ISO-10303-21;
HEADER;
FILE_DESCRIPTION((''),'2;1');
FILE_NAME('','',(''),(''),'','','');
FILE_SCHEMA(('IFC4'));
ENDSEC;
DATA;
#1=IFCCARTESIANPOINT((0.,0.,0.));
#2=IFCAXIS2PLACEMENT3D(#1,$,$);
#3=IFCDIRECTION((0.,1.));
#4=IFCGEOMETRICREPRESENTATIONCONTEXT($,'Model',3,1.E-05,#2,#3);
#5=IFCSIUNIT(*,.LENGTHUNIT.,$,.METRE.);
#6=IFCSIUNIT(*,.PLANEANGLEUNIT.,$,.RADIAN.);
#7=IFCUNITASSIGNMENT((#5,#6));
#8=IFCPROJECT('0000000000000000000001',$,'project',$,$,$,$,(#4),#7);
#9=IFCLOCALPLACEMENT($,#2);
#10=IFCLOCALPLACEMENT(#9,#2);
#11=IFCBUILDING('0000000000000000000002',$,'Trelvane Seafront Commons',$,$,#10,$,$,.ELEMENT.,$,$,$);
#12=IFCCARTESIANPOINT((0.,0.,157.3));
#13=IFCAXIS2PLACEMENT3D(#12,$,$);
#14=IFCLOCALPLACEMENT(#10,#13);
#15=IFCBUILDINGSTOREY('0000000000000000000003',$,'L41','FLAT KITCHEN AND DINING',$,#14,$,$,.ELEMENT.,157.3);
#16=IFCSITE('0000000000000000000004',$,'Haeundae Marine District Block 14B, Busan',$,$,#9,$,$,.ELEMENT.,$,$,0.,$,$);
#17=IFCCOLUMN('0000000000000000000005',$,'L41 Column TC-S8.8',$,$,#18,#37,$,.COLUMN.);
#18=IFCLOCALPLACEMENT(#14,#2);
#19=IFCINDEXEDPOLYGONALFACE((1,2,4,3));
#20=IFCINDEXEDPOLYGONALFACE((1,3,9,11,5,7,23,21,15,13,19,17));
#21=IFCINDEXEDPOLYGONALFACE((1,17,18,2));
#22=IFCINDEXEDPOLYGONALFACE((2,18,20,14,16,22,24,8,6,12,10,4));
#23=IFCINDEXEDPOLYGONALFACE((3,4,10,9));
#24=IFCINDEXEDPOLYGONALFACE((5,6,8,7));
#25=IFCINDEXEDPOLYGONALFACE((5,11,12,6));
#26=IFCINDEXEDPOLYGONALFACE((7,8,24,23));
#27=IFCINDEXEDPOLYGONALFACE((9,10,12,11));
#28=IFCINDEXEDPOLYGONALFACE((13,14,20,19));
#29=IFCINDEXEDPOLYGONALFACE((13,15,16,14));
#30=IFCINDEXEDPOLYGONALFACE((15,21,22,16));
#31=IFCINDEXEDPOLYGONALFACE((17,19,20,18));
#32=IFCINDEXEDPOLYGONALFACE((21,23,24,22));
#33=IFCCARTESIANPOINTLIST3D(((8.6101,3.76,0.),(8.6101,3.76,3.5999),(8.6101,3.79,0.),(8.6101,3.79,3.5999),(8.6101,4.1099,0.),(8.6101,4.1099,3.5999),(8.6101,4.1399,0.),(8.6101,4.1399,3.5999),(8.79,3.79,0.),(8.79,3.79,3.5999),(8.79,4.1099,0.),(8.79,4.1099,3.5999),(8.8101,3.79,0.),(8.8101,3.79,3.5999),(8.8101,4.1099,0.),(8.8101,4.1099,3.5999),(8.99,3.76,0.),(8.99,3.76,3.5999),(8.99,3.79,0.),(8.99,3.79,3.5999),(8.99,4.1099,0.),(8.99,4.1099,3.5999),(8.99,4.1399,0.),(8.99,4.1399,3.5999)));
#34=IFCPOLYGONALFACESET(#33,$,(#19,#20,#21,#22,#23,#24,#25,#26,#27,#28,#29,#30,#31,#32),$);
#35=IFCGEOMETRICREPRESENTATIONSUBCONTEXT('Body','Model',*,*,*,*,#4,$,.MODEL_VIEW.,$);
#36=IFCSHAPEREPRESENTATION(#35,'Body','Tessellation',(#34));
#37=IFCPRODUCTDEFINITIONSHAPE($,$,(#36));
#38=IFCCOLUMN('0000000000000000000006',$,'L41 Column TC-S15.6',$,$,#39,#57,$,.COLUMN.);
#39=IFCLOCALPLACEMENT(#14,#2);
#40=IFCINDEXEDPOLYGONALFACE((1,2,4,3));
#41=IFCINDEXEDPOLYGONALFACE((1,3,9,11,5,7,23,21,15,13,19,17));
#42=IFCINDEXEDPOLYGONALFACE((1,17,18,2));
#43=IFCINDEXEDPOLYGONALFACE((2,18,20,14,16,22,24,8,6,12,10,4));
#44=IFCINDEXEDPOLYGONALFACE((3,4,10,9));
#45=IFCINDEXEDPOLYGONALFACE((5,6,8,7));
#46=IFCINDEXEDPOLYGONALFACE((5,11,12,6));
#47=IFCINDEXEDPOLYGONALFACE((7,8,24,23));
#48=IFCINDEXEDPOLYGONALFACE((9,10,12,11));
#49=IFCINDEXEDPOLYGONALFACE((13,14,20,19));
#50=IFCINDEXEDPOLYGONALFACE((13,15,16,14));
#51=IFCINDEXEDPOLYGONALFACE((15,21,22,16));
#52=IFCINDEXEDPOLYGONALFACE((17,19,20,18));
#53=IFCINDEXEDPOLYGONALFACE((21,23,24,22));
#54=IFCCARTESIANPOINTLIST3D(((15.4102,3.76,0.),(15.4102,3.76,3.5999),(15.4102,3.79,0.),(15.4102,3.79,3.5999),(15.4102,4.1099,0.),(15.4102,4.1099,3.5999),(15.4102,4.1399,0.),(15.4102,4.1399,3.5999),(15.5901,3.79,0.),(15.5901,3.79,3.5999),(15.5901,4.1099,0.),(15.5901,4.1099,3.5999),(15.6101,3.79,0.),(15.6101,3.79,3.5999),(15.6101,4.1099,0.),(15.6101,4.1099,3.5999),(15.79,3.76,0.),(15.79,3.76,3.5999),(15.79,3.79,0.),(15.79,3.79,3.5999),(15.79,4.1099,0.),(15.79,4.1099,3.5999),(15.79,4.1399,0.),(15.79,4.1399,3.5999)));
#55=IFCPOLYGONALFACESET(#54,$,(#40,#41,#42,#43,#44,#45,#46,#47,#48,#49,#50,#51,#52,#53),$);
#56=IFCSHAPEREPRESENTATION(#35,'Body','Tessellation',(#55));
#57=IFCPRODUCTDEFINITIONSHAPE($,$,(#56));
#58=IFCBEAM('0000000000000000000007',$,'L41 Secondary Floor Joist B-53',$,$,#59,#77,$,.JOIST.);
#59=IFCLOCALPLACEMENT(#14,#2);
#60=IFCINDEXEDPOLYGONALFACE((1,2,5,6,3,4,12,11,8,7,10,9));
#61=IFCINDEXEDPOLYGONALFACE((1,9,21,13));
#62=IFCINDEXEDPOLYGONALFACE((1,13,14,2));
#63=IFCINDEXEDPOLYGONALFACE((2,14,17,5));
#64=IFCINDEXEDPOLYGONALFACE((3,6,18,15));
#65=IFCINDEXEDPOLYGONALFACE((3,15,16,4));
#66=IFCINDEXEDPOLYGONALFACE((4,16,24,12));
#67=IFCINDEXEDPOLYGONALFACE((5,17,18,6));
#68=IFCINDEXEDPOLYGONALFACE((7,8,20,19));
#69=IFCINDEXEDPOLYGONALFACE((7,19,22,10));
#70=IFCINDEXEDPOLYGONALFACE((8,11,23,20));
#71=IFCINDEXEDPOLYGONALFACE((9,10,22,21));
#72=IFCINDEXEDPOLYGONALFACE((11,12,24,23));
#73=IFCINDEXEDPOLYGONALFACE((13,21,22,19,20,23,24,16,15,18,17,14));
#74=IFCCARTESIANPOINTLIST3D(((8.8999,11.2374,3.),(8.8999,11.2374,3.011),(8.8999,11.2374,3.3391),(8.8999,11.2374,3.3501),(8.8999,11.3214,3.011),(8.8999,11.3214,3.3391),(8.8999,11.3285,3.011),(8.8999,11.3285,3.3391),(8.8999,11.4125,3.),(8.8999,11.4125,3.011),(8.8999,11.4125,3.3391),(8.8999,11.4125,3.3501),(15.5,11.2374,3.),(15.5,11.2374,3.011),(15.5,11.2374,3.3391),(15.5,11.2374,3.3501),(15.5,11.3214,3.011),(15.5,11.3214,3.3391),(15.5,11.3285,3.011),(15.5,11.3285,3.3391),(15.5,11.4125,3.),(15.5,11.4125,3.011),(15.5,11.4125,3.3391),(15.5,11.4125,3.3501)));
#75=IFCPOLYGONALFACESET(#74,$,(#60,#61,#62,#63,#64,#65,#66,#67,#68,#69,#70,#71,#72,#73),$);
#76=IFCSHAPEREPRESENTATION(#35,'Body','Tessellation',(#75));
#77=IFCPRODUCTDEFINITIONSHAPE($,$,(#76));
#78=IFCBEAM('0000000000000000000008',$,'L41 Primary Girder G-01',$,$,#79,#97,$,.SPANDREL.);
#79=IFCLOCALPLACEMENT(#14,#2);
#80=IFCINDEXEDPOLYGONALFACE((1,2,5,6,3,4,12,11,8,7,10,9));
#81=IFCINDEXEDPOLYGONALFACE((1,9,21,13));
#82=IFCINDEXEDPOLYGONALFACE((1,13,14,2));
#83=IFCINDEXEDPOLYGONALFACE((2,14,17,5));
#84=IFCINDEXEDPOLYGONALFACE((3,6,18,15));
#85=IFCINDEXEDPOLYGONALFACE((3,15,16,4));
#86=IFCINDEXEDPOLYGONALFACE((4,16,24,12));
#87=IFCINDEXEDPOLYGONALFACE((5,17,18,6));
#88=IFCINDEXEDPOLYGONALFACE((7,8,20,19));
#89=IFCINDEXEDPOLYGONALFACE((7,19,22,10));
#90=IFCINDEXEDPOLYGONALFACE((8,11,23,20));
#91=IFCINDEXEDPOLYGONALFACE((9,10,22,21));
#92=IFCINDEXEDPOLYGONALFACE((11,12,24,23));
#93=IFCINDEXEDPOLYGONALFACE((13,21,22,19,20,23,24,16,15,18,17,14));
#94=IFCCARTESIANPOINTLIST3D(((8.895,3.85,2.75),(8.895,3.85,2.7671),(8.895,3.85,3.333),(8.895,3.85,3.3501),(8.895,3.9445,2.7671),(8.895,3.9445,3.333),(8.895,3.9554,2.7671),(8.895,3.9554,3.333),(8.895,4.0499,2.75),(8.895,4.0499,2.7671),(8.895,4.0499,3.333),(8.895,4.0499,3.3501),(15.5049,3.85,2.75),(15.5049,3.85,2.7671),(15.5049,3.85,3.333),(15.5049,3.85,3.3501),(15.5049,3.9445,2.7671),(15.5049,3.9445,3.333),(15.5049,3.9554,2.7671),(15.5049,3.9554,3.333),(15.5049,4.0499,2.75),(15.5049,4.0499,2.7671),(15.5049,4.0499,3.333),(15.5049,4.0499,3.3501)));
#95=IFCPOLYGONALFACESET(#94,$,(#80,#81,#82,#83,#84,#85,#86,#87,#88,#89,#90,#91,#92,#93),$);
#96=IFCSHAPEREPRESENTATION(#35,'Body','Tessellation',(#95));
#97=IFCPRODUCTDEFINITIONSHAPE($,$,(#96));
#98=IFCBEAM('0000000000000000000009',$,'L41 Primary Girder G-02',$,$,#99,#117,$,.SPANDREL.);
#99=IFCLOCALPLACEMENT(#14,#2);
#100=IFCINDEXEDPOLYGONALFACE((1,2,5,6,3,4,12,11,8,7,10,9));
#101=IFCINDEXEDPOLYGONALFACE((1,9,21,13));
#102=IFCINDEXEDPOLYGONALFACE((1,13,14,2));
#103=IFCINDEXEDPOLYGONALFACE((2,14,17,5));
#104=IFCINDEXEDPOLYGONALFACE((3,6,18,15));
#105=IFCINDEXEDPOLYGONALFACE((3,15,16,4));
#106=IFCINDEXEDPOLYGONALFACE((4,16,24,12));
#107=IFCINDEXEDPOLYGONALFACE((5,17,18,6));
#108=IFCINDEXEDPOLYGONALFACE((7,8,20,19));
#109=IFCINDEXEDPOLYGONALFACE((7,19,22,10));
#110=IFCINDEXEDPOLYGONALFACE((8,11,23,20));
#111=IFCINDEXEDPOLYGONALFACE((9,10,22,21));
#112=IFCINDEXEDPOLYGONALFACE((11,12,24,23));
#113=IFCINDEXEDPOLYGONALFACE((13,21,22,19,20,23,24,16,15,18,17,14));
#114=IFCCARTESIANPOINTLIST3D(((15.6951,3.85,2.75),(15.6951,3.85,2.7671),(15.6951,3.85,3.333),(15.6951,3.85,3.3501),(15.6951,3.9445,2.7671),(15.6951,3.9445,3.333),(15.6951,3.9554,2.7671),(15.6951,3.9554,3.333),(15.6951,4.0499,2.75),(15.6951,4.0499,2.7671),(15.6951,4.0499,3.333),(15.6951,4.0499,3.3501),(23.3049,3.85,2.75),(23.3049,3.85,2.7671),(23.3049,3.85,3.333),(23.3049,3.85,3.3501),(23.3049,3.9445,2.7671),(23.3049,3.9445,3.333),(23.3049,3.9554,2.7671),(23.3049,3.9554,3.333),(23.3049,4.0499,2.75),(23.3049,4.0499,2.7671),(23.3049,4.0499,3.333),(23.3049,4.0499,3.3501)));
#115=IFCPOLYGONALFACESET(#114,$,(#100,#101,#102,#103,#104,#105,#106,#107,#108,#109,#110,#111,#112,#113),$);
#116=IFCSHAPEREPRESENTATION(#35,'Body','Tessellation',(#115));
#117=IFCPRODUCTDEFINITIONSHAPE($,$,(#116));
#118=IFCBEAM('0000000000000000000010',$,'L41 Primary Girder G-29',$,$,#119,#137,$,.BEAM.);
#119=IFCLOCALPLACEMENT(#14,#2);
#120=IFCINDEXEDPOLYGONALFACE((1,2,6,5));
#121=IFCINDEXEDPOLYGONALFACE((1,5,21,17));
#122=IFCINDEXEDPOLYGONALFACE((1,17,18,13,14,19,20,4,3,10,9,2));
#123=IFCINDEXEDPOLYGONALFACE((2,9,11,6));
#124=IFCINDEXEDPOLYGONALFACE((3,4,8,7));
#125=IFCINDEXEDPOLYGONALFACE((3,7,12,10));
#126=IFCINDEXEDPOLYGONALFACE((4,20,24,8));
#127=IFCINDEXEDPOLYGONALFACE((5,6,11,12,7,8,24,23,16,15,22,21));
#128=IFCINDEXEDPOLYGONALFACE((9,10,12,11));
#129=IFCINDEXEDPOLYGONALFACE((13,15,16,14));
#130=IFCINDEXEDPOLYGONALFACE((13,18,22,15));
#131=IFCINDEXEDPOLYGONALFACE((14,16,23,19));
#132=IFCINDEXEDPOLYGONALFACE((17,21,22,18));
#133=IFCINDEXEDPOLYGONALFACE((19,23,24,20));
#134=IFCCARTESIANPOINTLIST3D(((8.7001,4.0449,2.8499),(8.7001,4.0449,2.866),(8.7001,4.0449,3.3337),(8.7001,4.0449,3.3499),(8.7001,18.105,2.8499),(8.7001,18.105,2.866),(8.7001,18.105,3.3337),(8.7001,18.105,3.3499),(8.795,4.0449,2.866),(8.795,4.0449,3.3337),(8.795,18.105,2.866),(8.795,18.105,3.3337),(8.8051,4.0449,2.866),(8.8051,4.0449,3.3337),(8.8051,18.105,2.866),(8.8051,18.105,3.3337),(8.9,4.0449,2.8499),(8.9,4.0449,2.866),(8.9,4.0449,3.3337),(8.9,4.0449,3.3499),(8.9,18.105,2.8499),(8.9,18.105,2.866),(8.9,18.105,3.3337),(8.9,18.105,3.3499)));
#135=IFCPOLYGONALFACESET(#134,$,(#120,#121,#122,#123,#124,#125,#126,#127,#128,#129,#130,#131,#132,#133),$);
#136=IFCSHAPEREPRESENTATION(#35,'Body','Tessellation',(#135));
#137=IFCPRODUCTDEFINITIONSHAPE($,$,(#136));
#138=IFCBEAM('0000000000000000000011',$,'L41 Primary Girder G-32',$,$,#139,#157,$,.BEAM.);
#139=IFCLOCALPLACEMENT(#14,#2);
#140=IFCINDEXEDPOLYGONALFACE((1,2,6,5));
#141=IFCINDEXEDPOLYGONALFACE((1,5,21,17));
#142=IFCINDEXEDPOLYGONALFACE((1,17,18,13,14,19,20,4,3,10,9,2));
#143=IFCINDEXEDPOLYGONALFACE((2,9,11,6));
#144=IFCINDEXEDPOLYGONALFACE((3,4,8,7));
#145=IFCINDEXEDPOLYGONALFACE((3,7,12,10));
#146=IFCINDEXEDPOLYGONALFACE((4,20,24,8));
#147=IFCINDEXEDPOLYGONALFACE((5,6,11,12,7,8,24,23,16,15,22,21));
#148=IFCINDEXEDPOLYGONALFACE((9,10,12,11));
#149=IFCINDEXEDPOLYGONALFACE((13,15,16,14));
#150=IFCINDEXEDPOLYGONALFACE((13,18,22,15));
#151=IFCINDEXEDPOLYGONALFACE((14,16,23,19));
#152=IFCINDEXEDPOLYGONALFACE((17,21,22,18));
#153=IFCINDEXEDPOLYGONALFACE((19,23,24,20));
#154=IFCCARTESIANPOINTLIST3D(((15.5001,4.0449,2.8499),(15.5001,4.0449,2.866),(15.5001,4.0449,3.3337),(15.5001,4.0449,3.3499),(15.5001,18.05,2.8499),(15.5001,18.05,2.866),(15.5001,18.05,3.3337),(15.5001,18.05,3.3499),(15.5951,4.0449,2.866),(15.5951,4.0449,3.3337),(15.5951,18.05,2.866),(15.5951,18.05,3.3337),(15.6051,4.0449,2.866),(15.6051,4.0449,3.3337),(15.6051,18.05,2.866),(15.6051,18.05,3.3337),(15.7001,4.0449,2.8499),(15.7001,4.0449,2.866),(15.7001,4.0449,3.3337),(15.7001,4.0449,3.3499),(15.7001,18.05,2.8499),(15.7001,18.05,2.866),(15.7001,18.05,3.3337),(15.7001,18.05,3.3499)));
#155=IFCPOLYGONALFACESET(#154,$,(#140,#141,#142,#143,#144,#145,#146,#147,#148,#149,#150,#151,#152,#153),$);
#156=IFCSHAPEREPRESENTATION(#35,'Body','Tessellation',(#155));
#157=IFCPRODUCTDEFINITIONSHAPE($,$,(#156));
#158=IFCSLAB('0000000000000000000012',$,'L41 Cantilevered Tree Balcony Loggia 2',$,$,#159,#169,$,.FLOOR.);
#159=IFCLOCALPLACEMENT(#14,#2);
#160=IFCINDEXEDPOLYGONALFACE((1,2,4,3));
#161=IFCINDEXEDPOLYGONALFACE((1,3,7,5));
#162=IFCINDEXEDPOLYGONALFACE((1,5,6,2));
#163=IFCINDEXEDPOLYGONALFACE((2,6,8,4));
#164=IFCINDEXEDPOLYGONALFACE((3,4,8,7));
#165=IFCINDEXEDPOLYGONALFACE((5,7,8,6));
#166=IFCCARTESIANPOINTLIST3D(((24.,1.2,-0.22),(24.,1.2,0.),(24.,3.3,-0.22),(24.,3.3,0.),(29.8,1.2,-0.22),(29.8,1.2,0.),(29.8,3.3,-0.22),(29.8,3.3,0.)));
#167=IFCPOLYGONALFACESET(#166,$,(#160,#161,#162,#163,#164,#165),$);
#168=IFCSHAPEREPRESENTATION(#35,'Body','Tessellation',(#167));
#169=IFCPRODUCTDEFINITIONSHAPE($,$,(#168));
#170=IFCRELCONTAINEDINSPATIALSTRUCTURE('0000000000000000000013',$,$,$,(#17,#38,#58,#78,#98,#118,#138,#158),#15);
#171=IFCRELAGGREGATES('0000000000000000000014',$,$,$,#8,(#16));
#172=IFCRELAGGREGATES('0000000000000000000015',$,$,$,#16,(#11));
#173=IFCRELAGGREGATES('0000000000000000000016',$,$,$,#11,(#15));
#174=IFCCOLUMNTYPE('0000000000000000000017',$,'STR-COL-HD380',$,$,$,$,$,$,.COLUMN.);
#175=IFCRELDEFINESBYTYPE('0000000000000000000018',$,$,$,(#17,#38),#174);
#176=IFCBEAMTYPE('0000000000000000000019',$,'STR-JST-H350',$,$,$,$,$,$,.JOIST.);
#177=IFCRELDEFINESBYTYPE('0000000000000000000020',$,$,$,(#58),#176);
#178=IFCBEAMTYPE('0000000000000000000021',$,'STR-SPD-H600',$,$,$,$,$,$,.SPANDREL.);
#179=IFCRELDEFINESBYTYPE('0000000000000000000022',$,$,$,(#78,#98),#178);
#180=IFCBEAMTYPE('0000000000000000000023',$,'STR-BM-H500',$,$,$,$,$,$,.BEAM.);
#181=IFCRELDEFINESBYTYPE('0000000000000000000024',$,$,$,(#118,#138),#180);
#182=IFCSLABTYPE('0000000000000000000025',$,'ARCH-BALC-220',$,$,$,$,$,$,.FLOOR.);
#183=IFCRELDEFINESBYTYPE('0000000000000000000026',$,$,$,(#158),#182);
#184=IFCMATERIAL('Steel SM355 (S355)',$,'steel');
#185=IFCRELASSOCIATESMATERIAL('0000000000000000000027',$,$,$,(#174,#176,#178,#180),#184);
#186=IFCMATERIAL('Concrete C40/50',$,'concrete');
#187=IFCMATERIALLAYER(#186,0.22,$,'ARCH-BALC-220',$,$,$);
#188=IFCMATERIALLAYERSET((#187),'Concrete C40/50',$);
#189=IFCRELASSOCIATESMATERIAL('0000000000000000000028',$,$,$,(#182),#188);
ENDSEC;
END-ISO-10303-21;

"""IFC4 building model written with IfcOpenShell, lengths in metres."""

from ifc_helpers import new_model, si_unit, direction, frame, origin, origin_2d, place, context, subcontext, project, spatial, polyline, i_section, outline, extrude, source, transform, mapped, material, layer, layer_set, material_profile, profile_set, type_object, element, save


model = new_model("IFC4")

# Units and contexts
model_context = context("Model", 3, precision=1e-05, world=origin(), true_north=direction((0.0, 1.0)))
body_context = subcontext(model_context, "Body", "Model", "MODEL_VIEW")
ifc_project = project(units=[si_unit("LENGTHUNIT", "METRE"), si_unit("PLANEANGLEUNIT", "RADIAN")], contexts=[model_context])

# Site, building, storey
site_placement = place(None, origin())
site = spatial("IfcSite", under=ifc_project, at=site_placement, Name="Haeundae Marine District Block 14B, Busan", CompositionType="ELEMENT", RefElevation=0.0)
building_placement = place(site_placement, origin())
building = spatial("IfcBuilding", under=site, at=building_placement, Name="Trelvane Seafront Commons", CompositionType="ELEMENT")
storey_placement = place(building_placement, frame((0.0, 0.0, 157.3)))
storey = spatial("IfcBuildingStorey", under=building, at=storey_placement, Name="L41", Description="FLAT KITCHEN AND DINING", CompositionType="ELEMENT", Elevation=157.3)

# Columns
ifc_material_1 = material(Name="Steel SM355 (S355)", Category="steel")
ifc_material_profile_1 = material_profile(ifc_material_1, i_section(OverallWidth=0.3799, OverallDepth=0.3799, WebThickness=0.02, FlangeThickness=0.03, at=origin_2d()), Name="HD-380x380x20x30")
ifc_profile_set_1 = profile_set([ifc_material_profile_1], Name="Steel SM355 (S355)")
column_type = type_object("IfcColumnType", Name="STR-COL-HD380", PredefinedType="COLUMN", material=ifc_profile_set_1)
shared_shape_1 = source(origin(), body_context, "Body", "SweptSolid", [
    extrude(i_section(OverallWidth=0.3799, OverallDepth=0.3799, WebThickness=0.02, FlangeThickness=0.03, at=origin_2d()), origin(), (0.0, 0.0, 1.0), 3.5999),
])
for number, where, z_axis, x_axis, name in (
    (1, (8.8, 3.95, 0.0), (0.0, 0.0, 1.0), (1.0, 0.0, 0.0), "L41 Column TC-S8.8"),
    (2, (15.6001, 3.95, 0.0), (0.0, 0.0, 1.0), (1.0, 0.0, 0.0), "L41 Column TC-S15.6"),
):
    element("IfcColumn", number, at=place(storey_placement, frame(where, z_axis=z_axis, x_axis=x_axis)), inside=storey, type_object=column_type, Name=name, PredefinedType="COLUMN", context=body_context, shape_type="MappedRepresentation", body=[
        mapped(shared_shape_1, transform((0.0, 0.0, 0.0), x_axis=(1.0, 0.0, 0.0), y_axis=(0.0, 1.0, 0.0), z_axis=(0.0, 0.0, 1.0), scale=1.0)),
    ])

# Beams
ifc_material_profile_2 = material_profile(ifc_material_1, i_section(OverallWidth=0.175, OverallDepth=0.3501, WebThickness=0.0071, FlangeThickness=0.011, at=origin_2d()), Name="H-350x175x7x11")
ifc_profile_set_2 = profile_set([ifc_material_profile_2], Name="Steel SM355 (S355)")
beam_type_1 = type_object("IfcBeamType", Name="STR-JST-H350", PredefinedType="JOIST", material=ifc_profile_set_2)
shared_shape_2 = source(origin(), body_context, "Body", "SweptSolid", [
    extrude(i_section(OverallWidth=0.175, OverallDepth=0.3501, WebThickness=0.0071, FlangeThickness=0.011, at=origin_2d()), origin(), (0.0, 0.0, 1.0), 6.6001),
])
beam_1_placement = place(storey_placement, frame((8.8999, 11.325, 3.175), z_axis=(1.0, 0.0, 0.0), x_axis=(0.0, 1.0, 0.0)))
element("IfcBeam", 3, at=beam_1_placement, inside=storey, type_object=beam_type_1, Name="L41 Secondary Floor Joist B-53", PredefinedType="JOIST", context=body_context, shape_type="MappedRepresentation", body=[
    mapped(shared_shape_2, transform((0.0, 0.0, 0.0), x_axis=(1.0, 0.0, 0.0), y_axis=(0.0, 1.0, 0.0), z_axis=(0.0, 0.0, 1.0), scale=1.0)),
])
ifc_material_profile_3 = material_profile(ifc_material_1, i_section(OverallWidth=0.2, OverallDepth=0.6001, WebThickness=0.011, FlangeThickness=0.0171, at=origin_2d()), Name="H-600x200x11x17")
ifc_profile_set_3 = profile_set([ifc_material_profile_3], Name="Steel SM355 (S355)")
beam_type_2 = type_object("IfcBeamType", Name="STR-SPD-H600", PredefinedType="SPANDREL", material=ifc_profile_set_3)
shared_shape_3 = source(origin(), body_context, "Body", "SweptSolid", [
    extrude(i_section(OverallWidth=0.2, OverallDepth=0.6001, WebThickness=0.011, FlangeThickness=0.0171, at=origin_2d()), origin(), (0.0, 0.0, 1.0), 6.6099),
])
beam_2_placement = place(storey_placement, frame((8.895, 3.95, 3.05), z_axis=(1.0, 0.0, 0.0), x_axis=(0.0, 1.0, 0.0)))
element("IfcBeam", 4, at=beam_2_placement, inside=storey, type_object=beam_type_2, Name="L41 Primary Girder G-01", PredefinedType="SPANDREL", context=body_context, shape_type="MappedRepresentation", body=[
    mapped(shared_shape_3, transform((0.0, 0.0, 0.0), x_axis=(1.0, 0.0, 0.0), y_axis=(0.0, 1.0, 0.0), z_axis=(0.0, 0.0, 1.0), scale=1.0)),
])
shared_shape_4 = source(origin(), body_context, "Body", "SweptSolid", [
    extrude(i_section(OverallWidth=0.2, OverallDepth=0.6001, WebThickness=0.011, FlangeThickness=0.0171, at=origin_2d()), origin(), (0.0, 0.0, 1.0), 7.6099),
])
beam_3_placement = place(storey_placement, frame((15.6951, 3.95, 3.05), z_axis=(1.0, 0.0, 0.0), x_axis=(0.0, 1.0, 0.0)))
element("IfcBeam", 5, at=beam_3_placement, inside=storey, type_object=beam_type_2, Name="L41 Primary Girder G-02", PredefinedType="SPANDREL", context=body_context, shape_type="MappedRepresentation", body=[
    mapped(shared_shape_4, transform((0.0, 0.0, 0.0), x_axis=(1.0, 0.0, 0.0), y_axis=(0.0, 1.0, 0.0), z_axis=(0.0, 0.0, 1.0), scale=1.0)),
])
ifc_material_profile_4 = material_profile(ifc_material_1, i_section(OverallWidth=0.2, OverallDepth=0.5, WebThickness=0.01, FlangeThickness=0.0161, at=origin_2d()), Name="H-500x200x10x16")
ifc_profile_set_4 = profile_set([ifc_material_profile_4], Name="Steel SM355 (S355)")
beam_type_3 = type_object("IfcBeamType", Name="STR-BM-H500", PredefinedType="BEAM", material=ifc_profile_set_4)
shared_shape_5 = source(origin(), body_context, "Body", "SweptSolid", [
    extrude(i_section(OverallWidth=0.2, OverallDepth=0.5, WebThickness=0.01, FlangeThickness=0.0161, at=origin_2d()), origin(), (0.0, 0.0, 1.0), 14.0601),
])
beam_4_placement = place(storey_placement, frame((8.8, 4.0449, 3.0999), z_axis=(0.0, 1.0, 0.0), x_axis=(-1.0, 0.0, 0.0)))
element("IfcBeam", 6, at=beam_4_placement, inside=storey, type_object=beam_type_3, Name="L41 Primary Girder G-29", PredefinedType="BEAM", context=body_context, shape_type="MappedRepresentation", body=[
    mapped(shared_shape_5, transform((0.0, 0.0, 0.0), x_axis=(1.0, 0.0, 0.0), y_axis=(0.0, 1.0, 0.0), z_axis=(0.0, 0.0, 1.0), scale=1.0)),
])
shared_shape_6 = source(origin(), body_context, "Body", "SweptSolid", [
    extrude(i_section(OverallWidth=0.2, OverallDepth=0.5, WebThickness=0.01, FlangeThickness=0.0161, at=origin_2d()), origin(), (0.0, 0.0, 1.0), 14.0051),
])
beam_5_placement = place(storey_placement, frame((15.6001, 4.0449, 3.0999), z_axis=(0.0, 1.0, 0.0), x_axis=(-1.0, 0.0, 0.0)))
element("IfcBeam", 7, at=beam_5_placement, inside=storey, type_object=beam_type_3, Name="L41 Primary Girder G-32", PredefinedType="BEAM", context=body_context, shape_type="MappedRepresentation", body=[
    mapped(shared_shape_6, transform((0.0, 0.0, 0.0), x_axis=(1.0, 0.0, 0.0), y_axis=(0.0, 1.0, 0.0), z_axis=(0.0, 0.0, 1.0), scale=1.0)),
])

# Slab
ifc_material_2 = material(Name="Concrete C40/50", Category="concrete")
ifc_layer_1 = layer(ifc_material_2, 0.22, Name="ARCH-BALC-220")
ifc_layer_set_1 = layer_set([ifc_layer_1], Name="Concrete C40/50")
slab_type_1 = type_object("IfcSlabType", Name="ARCH-BALC-220", PredefinedType="FLOOR", material=ifc_layer_set_1)
slab_1_placement = place(storey_placement, frame((0.0, 0.0, -0.22)))
element("IfcSlab", 8, at=slab_1_placement, inside=storey, type_object=slab_type_1, Name="L41 Cantilevered Tree Balcony Loggia 2", PredefinedType="FLOOR", context=body_context, shape_type="SweptSolid", body=[
    extrude(outline(polyline([(24.0, 1.2), (29.8, 1.2), (29.8, 3.3), (24.0, 3.3), (24.0, 1.2)])), origin(), (0.0, 0.0, 1.0), 0.22),
])

save(model, "model.ifc")
